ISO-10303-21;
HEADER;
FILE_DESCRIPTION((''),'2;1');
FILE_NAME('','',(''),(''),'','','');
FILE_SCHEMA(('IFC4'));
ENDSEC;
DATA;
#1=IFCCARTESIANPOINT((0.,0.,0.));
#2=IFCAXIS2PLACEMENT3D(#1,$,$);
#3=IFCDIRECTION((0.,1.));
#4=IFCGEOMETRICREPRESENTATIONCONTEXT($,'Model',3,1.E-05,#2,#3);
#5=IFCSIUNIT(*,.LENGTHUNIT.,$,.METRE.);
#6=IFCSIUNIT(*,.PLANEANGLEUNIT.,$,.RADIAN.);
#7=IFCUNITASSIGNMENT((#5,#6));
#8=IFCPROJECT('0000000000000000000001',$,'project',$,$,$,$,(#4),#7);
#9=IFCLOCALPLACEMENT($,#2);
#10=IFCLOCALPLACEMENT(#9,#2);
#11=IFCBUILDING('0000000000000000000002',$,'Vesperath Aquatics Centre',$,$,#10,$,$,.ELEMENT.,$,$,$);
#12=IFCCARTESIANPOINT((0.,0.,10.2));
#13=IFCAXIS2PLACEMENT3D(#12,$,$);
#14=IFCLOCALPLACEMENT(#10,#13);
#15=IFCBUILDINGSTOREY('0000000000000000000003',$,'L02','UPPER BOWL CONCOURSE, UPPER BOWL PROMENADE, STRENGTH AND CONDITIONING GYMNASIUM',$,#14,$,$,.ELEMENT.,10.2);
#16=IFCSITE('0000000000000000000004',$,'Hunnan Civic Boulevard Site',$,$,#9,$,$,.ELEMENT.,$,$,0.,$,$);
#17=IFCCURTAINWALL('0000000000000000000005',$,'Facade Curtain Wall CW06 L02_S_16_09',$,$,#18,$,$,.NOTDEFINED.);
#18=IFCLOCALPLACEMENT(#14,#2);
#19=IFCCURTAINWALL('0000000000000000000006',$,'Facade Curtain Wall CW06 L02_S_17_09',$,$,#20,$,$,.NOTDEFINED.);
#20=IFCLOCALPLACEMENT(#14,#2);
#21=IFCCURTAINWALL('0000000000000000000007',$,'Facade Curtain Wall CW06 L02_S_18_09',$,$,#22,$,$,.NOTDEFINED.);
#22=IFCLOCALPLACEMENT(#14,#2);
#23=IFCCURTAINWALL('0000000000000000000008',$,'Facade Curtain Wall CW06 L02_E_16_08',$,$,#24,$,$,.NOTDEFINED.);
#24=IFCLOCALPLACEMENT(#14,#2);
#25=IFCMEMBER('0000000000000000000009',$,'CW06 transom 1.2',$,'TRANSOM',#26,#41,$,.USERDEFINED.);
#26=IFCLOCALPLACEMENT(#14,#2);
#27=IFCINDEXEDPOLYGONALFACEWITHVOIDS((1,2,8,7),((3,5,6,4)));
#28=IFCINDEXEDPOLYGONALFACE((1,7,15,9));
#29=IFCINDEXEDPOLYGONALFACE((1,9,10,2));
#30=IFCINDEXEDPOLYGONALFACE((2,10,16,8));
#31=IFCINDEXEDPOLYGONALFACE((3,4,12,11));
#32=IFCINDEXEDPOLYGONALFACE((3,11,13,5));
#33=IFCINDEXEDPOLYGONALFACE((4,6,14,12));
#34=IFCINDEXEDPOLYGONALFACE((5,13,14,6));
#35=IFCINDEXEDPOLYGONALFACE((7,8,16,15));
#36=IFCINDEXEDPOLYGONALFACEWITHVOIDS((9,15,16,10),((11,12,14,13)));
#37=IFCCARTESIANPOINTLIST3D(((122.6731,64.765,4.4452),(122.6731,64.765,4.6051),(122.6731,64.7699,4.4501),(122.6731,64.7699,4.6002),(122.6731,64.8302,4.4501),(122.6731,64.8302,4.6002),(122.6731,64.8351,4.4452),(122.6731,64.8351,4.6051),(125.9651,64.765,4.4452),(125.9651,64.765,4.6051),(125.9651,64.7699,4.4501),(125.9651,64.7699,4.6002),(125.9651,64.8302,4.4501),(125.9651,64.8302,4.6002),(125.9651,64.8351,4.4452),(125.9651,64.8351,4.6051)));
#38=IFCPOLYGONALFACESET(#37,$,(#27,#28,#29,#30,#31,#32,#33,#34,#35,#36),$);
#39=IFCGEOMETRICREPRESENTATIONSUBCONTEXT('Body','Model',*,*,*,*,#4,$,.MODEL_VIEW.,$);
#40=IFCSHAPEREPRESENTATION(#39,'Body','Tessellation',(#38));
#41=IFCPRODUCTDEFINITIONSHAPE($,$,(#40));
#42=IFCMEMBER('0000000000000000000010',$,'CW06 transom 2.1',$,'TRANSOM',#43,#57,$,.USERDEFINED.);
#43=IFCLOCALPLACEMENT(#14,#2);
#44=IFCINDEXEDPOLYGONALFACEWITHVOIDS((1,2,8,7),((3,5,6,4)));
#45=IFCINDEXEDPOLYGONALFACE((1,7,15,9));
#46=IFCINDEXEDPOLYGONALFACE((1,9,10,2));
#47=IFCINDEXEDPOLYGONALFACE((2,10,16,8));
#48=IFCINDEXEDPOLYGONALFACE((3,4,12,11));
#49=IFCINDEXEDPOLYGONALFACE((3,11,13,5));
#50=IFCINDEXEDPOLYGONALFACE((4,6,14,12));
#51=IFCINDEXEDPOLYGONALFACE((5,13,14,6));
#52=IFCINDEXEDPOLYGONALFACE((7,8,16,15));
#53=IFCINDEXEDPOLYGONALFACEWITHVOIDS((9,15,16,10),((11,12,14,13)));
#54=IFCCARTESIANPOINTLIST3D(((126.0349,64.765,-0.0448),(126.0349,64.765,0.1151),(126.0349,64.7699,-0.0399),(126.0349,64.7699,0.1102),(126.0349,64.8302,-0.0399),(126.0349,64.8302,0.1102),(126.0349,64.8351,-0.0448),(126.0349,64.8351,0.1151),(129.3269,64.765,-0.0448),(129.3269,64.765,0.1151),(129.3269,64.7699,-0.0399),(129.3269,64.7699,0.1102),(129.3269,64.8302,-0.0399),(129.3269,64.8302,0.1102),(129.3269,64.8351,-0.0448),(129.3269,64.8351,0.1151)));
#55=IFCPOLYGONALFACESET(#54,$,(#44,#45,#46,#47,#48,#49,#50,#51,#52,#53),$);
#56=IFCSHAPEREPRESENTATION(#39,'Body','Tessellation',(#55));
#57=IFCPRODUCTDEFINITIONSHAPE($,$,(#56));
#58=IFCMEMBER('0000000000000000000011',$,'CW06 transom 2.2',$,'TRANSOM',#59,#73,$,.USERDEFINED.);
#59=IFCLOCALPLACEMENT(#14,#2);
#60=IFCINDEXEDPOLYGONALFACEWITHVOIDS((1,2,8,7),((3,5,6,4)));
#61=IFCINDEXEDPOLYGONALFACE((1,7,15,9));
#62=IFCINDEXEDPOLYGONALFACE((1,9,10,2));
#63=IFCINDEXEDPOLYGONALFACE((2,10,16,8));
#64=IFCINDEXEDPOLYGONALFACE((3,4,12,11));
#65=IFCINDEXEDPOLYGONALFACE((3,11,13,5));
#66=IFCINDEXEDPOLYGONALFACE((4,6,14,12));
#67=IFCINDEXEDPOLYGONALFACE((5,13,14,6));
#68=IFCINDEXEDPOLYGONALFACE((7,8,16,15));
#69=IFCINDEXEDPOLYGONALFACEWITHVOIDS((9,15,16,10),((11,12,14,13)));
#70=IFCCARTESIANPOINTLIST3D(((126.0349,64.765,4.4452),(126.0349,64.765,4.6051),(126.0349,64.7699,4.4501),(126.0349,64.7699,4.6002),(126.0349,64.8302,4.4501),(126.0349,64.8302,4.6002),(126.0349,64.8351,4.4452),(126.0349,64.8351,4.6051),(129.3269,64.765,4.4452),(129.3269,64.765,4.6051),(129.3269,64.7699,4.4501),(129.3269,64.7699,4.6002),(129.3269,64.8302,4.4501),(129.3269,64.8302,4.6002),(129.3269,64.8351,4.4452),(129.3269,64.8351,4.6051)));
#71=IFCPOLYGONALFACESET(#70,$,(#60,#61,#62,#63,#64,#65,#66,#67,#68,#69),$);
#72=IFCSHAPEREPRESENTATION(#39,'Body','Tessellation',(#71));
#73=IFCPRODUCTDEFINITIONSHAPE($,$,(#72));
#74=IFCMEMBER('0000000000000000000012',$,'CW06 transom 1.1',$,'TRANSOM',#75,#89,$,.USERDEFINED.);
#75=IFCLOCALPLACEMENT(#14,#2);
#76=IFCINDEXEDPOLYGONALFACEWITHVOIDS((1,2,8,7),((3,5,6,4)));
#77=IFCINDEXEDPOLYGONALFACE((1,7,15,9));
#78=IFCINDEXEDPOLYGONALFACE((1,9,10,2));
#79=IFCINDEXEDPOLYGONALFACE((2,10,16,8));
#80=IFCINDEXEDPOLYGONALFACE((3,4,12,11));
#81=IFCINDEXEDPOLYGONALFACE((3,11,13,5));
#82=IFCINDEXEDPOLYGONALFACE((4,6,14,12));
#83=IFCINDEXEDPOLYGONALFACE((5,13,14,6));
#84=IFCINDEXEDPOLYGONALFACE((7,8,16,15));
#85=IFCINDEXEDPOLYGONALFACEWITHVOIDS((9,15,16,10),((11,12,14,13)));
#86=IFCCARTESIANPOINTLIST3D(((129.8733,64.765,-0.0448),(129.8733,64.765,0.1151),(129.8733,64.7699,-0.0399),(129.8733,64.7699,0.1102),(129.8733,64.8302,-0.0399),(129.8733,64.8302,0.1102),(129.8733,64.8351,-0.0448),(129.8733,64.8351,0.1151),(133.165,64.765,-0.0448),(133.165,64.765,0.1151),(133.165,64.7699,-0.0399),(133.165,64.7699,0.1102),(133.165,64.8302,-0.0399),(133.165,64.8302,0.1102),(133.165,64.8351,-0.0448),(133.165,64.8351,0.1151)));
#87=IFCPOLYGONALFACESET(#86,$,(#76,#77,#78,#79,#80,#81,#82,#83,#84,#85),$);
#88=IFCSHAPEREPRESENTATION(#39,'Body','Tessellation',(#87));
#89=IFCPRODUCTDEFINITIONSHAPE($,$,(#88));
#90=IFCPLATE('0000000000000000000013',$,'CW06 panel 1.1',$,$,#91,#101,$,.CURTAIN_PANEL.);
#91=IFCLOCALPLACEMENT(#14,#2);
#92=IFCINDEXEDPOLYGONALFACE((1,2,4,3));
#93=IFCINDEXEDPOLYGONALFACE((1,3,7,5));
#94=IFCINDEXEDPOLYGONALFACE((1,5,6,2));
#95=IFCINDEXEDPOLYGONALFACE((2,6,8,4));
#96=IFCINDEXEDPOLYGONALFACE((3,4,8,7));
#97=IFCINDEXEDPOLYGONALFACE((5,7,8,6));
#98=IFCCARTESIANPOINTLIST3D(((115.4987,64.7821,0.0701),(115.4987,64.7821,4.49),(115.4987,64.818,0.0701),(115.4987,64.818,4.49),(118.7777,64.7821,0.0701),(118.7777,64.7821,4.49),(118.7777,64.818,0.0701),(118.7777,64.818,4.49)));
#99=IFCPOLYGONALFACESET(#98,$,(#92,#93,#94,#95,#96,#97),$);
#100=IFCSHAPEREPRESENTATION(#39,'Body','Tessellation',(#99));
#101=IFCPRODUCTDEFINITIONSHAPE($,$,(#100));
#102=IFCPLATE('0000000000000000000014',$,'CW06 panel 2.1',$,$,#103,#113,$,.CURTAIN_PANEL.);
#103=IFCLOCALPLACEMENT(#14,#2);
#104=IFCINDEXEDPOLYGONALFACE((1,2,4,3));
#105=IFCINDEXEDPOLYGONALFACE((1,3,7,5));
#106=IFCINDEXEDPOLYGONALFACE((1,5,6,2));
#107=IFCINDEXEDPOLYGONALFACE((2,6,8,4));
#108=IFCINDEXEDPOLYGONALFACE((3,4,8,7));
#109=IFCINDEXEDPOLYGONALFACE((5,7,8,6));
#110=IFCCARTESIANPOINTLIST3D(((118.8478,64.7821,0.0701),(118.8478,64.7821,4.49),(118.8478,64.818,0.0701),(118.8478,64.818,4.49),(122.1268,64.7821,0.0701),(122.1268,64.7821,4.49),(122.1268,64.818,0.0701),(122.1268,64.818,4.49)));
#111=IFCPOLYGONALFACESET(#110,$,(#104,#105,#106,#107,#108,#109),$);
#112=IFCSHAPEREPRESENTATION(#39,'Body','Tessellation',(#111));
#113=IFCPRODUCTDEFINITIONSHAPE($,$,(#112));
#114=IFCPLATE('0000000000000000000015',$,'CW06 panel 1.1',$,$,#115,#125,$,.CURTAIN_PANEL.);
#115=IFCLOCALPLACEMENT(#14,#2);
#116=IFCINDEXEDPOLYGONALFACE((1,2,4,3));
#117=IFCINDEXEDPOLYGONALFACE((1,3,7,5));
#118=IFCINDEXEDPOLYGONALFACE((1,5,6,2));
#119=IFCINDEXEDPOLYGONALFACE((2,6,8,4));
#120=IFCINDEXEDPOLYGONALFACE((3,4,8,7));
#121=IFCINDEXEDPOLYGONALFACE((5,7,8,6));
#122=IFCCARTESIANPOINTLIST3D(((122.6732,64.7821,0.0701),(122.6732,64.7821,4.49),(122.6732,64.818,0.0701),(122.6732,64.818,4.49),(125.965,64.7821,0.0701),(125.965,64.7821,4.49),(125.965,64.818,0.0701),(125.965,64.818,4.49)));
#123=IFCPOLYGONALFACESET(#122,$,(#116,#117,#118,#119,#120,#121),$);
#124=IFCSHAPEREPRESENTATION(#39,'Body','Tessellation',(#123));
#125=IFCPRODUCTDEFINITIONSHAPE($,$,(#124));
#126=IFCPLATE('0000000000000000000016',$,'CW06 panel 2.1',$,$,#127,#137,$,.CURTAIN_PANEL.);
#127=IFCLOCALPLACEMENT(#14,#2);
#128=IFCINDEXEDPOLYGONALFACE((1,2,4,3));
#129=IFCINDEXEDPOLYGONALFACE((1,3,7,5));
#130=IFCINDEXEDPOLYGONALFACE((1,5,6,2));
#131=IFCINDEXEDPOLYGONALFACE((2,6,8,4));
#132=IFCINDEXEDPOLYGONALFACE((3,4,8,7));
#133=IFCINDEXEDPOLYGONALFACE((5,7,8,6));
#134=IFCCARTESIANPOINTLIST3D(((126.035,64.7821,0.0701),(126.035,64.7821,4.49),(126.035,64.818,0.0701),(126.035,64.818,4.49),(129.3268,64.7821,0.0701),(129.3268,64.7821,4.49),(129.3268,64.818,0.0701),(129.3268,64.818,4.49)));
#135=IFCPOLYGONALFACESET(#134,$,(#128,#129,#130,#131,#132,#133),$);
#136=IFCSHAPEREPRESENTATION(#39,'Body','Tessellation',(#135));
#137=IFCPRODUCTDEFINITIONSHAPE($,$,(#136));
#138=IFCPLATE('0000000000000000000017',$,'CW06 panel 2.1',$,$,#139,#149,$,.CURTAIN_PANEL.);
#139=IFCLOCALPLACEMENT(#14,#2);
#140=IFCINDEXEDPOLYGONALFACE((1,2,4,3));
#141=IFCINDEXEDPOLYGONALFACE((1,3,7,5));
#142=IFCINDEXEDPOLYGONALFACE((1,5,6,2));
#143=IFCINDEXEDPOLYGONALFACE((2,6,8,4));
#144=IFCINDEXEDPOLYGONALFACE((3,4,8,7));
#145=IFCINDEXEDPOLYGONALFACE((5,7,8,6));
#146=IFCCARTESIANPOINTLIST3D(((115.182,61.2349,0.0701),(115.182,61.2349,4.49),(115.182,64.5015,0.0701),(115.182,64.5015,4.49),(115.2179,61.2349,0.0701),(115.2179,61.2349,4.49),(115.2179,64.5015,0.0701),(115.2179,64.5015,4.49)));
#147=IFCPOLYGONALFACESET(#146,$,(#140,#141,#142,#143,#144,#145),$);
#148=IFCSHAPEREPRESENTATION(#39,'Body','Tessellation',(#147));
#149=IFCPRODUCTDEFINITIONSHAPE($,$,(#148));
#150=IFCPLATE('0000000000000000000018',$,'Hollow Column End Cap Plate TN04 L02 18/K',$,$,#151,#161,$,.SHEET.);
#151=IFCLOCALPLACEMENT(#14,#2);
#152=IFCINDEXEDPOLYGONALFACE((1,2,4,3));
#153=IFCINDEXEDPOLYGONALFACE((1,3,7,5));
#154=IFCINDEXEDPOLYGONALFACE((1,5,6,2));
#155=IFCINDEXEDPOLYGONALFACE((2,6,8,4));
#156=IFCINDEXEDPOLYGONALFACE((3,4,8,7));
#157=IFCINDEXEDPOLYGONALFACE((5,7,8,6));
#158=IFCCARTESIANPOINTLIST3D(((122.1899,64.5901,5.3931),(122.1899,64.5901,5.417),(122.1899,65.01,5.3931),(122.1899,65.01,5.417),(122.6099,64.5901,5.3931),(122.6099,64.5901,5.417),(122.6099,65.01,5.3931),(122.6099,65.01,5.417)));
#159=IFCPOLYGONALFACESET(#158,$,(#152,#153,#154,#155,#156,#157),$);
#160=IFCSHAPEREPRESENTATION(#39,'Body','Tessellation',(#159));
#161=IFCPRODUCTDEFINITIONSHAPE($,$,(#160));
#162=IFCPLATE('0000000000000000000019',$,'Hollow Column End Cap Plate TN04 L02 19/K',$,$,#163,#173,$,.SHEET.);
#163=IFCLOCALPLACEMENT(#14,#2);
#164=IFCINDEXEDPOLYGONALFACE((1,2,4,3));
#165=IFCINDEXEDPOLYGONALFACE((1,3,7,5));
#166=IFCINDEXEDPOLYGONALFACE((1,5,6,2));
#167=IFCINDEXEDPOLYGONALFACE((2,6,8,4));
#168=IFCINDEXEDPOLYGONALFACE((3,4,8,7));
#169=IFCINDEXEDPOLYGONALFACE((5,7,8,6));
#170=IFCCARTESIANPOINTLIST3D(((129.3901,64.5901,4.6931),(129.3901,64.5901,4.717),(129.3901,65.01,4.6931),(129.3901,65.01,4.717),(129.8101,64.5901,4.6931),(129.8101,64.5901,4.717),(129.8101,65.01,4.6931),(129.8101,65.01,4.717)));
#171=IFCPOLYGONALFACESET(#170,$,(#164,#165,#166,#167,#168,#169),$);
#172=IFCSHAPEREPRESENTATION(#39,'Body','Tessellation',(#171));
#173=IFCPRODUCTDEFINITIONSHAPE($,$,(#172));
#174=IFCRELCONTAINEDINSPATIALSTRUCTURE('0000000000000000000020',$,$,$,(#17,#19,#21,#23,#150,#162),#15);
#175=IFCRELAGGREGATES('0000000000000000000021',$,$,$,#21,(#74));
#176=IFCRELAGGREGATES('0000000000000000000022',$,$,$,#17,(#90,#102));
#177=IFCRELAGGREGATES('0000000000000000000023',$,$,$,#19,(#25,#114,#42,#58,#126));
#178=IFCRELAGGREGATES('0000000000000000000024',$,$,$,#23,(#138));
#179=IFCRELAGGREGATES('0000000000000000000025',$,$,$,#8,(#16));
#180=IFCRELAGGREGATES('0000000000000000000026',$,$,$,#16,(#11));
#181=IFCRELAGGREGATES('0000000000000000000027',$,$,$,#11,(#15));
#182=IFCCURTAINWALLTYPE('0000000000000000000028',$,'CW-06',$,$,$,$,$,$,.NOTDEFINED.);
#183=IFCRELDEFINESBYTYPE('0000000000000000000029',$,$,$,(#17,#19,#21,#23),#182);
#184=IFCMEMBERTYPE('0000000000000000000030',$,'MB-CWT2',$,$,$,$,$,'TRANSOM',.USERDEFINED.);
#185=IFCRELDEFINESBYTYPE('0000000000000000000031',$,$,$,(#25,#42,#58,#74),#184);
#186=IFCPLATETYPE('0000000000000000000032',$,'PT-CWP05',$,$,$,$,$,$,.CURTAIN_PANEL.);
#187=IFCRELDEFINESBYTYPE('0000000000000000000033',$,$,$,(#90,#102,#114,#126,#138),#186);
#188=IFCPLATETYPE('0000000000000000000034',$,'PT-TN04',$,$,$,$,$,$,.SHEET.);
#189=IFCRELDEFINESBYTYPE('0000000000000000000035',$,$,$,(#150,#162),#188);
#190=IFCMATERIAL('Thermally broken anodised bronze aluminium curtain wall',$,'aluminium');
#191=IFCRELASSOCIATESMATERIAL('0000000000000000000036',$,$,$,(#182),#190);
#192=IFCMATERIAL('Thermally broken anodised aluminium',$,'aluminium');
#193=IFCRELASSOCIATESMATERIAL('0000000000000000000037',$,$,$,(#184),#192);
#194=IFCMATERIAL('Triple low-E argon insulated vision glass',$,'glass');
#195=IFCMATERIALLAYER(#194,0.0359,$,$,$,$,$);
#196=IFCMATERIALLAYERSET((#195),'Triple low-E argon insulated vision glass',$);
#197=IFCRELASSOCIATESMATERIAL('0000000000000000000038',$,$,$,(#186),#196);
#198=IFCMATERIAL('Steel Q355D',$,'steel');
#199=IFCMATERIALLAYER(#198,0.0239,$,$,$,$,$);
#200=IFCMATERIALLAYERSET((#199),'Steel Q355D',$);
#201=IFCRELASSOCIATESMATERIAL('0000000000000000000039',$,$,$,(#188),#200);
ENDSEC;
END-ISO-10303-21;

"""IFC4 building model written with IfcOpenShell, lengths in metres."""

from ifc_helpers import new_model, si_unit, direction, frame, origin, origin_2d, place, context, subcontext, project, spatial, rectangle, hollow_rectangle, extrude, material, layer, layer_set, material_profile, profile_set, type_object, element, aggregate, save


model = new_model("IFC4")

# Units and contexts
model_context = context("Model", 3, precision=1e-05, world=origin(), true_north=direction((0.0, 1.0)))
body_context = subcontext(model_context, "Body", "Model", "MODEL_VIEW")
ifc_project = project(units=[si_unit("LENGTHUNIT", "METRE"), si_unit("PLANEANGLEUNIT", "RADIAN")], contexts=[model_context])

# Site, building, storey
site_placement = place(None, origin())
site = spatial("IfcSite", under=ifc_project, at=site_placement, Name="Hunnan Civic Boulevard Site", CompositionType="ELEMENT", RefElevation=0.0)
building_placement = place(site_placement, origin())
building = spatial("IfcBuilding", under=site, at=building_placement, Name="Vesperath Aquatics Centre", CompositionType="ELEMENT")
storey_placement = place(building_placement, frame((0.0, 0.0, 10.2)))
storey = spatial("IfcBuildingStorey", under=building, at=storey_placement, Name="L02", Description="UPPER BOWL CONCOURSE, UPPER BOWL PROMENADE, STRENGTH AND CONDITIONING GYMNASIUM", CompositionType="ELEMENT", Elevation=10.2)

# Shared definitions
ifc_material_1 = material(Name="Steel Q355D", Category="steel")

# Curtain walls
ifc_material_2 = material(Name="Thermally broken anodised bronze aluminium curtain wall", Category="aluminium")
curtain_wall_type = type_object("IfcCurtainWallType", Name="CW-06", PredefinedType="NOTDEFINED", material=ifc_material_2)
curtain_wall_1_placement = place(storey_placement, origin())
curtain_wall_1 = element("IfcCurtainWall", 1, at=curtain_wall_1_placement, inside=storey, type_object=curtain_wall_type, Name="Facade Curtain Wall CW06 L02_S_16_09", PredefinedType="NOTDEFINED")
ifc_material_3 = material(Name="Thermally broken anodised aluminium", Category="aluminium")
curtain_wall_2_placement = place(storey_placement, origin())
curtain_wall_2 = element("IfcCurtainWall", 2, at=curtain_wall_2_placement, inside=storey, type_object=curtain_wall_type, Name="Facade Curtain Wall CW06 L02_S_17_09", PredefinedType="NOTDEFINED")

# Curtain walls
curtain_wall_3_placement = place(storey_placement, origin())
curtain_wall_3 = element("IfcCurtainWall", 3, at=curtain_wall_3_placement, inside=storey, type_object=curtain_wall_type, Name="Facade Curtain Wall CW06 L02_S_18_09", PredefinedType="NOTDEFINED")
curtain_wall_4_placement = place(storey_placement, origin())
curtain_wall_4 = element("IfcCurtainWall", 4, at=curtain_wall_4_placement, inside=storey, type_object=curtain_wall_type, Name="Facade Curtain Wall CW06 L02_E_16_08", PredefinedType="NOTDEFINED")

# Members
ifc_material_profile_1 = material_profile(ifc_material_3, hollow_rectangle(XDim=0.0701, YDim=0.1599, WallThickness=0.0049, at=origin_2d()), Name="CWT 70x160x5")
ifc_profile_set_1 = profile_set([ifc_material_profile_1], Name="Thermally broken anodised aluminium")
member_type_1 = type_object("IfcMemberType", Name="MB-CWT2", ElementType="TRANSOM", PredefinedType="USERDEFINED", material=ifc_profile_set_1)
member_1_placement = place(storey_placement, frame((122.6731, 64.8, 4.5251), z_axis=(1.0, 0.0, 0.0), x_axis=(0.0, 1.0, 0.0)))
member_1 = element("IfcMember", 5, at=member_1_placement, type_object=member_type_1, Name="CW06 transom 1.2", ObjectType="TRANSOM", PredefinedType="USERDEFINED", context=body_context, shape_type="SweptSolid", body=[
    extrude(hollow_rectangle(XDim=0.0701, YDim=0.1599, WallThickness=0.0049, at=origin_2d()), origin(), (0.0, 0.0, 1.0), 3.292),
])
member_2_placement = place(storey_placement, frame((126.0349, 64.8, 0.0352), z_axis=(1.0, 0.0, 0.0), x_axis=(0.0, 1.0, 0.0)))
member_2 = element("IfcMember", 6, at=member_2_placement, type_object=member_type_1, Name="CW06 transom 2.1", ObjectType="TRANSOM", PredefinedType="USERDEFINED", context=body_context, shape_type="SweptSolid", body=[
    extrude(hollow_rectangle(XDim=0.0701, YDim=0.1599, WallThickness=0.0049, at=origin_2d()), origin(), (0.0, 0.0, 1.0), 3.292),
])
member_3_placement = place(storey_placement, frame((126.0349, 64.8, 4.5251), z_axis=(1.0, 0.0, 0.0), x_axis=(0.0, 1.0, 0.0)))
member_3 = element("IfcMember", 7, at=member_3_placement, type_object=member_type_1, Name="CW06 transom 2.2", ObjectType="TRANSOM", PredefinedType="USERDEFINED", context=body_context, shape_type="SweptSolid", body=[
    extrude(hollow_rectangle(XDim=0.0701, YDim=0.1599, WallThickness=0.0049, at=origin_2d()), origin(), (0.0, 0.0, 1.0), 3.292),
])
member_4_placement = place(storey_placement, frame((129.8733, 64.8, 0.0352), z_axis=(1.0, 0.0, 0.0), x_axis=(0.0, 1.0, 0.0)))
member_4 = element("IfcMember", 8, at=member_4_placement, type_object=member_type_1, Name="CW06 transom 1.1", ObjectType="TRANSOM", PredefinedType="USERDEFINED", context=body_context, shape_type="SweptSolid", body=[
    extrude(hollow_rectangle(XDim=0.0701, YDim=0.1599, WallThickness=0.0049, at=origin_2d()), origin(), (0.0, 0.0, 1.0), 3.2917),
])
aggregate(curtain_wall_3, [member_4])

# Plates
ifc_material_4 = material(Name="Triple low-E argon insulated vision glass", Category="glass")
ifc_layer_1 = layer(ifc_material_4, 0.0359)
ifc_layer_set_1 = layer_set([ifc_layer_1], Name="Triple low-E argon insulated vision glass")
plate_type_1 = type_object("IfcPlateType", Name="PT-CWP05", PredefinedType="CURTAIN_PANEL", material=ifc_layer_set_1)
plate_1_placement = place(storey_placement, frame((117.1382, 64.8, 0.0701), z_axis=(0.0, 0.0, 1.0), x_axis=(1.0, 0.0, 0.0)))
plate_1 = element("IfcPlate", 9, at=plate_1_placement, type_object=plate_type_1, Name="CW06 panel 1.1", PredefinedType="CURTAIN_PANEL", context=body_context, shape_type="SweptSolid", body=[
    extrude(rectangle(XDim=3.2791, YDim=0.0359, at=origin_2d()), origin(), (0.0, 0.0, 1.0), 4.4199),
])
plate_2_placement = place(storey_placement, frame((120.4873, 64.8, 0.0701), z_axis=(0.0, 0.0, 1.0), x_axis=(1.0, 0.0, 0.0)))
plate_2 = element("IfcPlate", 10, at=plate_2_placement, type_object=plate_type_1, Name="CW06 panel 2.1", PredefinedType="CURTAIN_PANEL", context=body_context, shape_type="SweptSolid", body=[
    extrude(rectangle(XDim=3.2791, YDim=0.0359, at=origin_2d()), origin(), (0.0, 0.0, 1.0), 4.4199),
])
aggregate(curtain_wall_1, [plate_1, plate_2])
plate_3_placement = place(storey_placement, frame((124.3191, 64.8, 0.0701), z_axis=(0.0, 0.0, 1.0), x_axis=(1.0, 0.0, 0.0)))
plate_3 = element("IfcPlate", 11, at=plate_3_placement, type_object=plate_type_1, Name="CW06 panel 1.1", PredefinedType="CURTAIN_PANEL", context=body_context, shape_type="SweptSolid", body=[
    extrude(rectangle(XDim=3.2917, YDim=0.0359, at=origin_2d()), origin(), (0.0, 0.0, 1.0), 4.4199),
])
plate_4_placement = place(storey_placement, frame((127.6809, 64.8, 0.0701), z_axis=(0.0, 0.0, 1.0), x_axis=(1.0, 0.0, 0.0)))
plate_4 = element("IfcPlate", 12, at=plate_4_placement, type_object=plate_type_1, Name="CW06 panel 2.1", PredefinedType="CURTAIN_PANEL", context=body_context, shape_type="SweptSolid", body=[
    extrude(rectangle(XDim=3.2917, YDim=0.0359, at=origin_2d()), origin(), (0.0, 0.0, 1.0), 4.4199),
])
aggregate(curtain_wall_2, [member_1, plate_3, member_2, member_3, plate_4])
plate_5_placement = place(storey_placement, frame((115.2, 62.8682, 0.0701), z_axis=(0.0, 0.0, 1.0), x_axis=(0.0, 1.0, 0.0)))
plate_5 = element("IfcPlate", 13, at=plate_5_placement, type_object=plate_type_1, Name="CW06 panel 2.1", PredefinedType="CURTAIN_PANEL", context=body_context, shape_type="SweptSolid", body=[
    extrude(rectangle(XDim=3.2666, YDim=0.0359, at=origin_2d()), origin(), (0.0, 0.0, 1.0), 4.4199),
])
aggregate(curtain_wall_4, [plate_5])

# Plates
ifc_layer_2 = layer(ifc_material_1, 0.0239)
ifc_layer_set_2 = layer_set([ifc_layer_2], Name="Steel Q355D")
plate_type_2 = type_object("IfcPlateType", Name="PT-TN04", PredefinedType="SHEET", material=ifc_layer_set_2)
for number, where, z_axis, x_axis, name in (
    (14, (122.3999, 64.8, 5.3931), (0.0, 0.0, 1.0), (1.0, 0.0, 0.0), "Hollow Column End Cap Plate TN04 L02 18/K"),
    (15, (129.6001, 64.8, 4.6931), (0.0, 0.0, 1.0), (1.0, 0.0, 0.0), "Hollow Column End Cap Plate TN04 L02 19/K"),
):
    element("IfcPlate", number, at=place(storey_placement, frame(where, z_axis=z_axis, x_axis=x_axis)), inside=storey, type_object=plate_type_2, Name=name, PredefinedType="SHEET", context=body_context, shape_type="SweptSolid", body=[
        extrude(rectangle(XDim=0.4199, YDim=0.4199, at=origin_2d()), origin(), (0.0, 0.0, 1.0), 0.0239),
    ])

save(model, "model.ifc")
